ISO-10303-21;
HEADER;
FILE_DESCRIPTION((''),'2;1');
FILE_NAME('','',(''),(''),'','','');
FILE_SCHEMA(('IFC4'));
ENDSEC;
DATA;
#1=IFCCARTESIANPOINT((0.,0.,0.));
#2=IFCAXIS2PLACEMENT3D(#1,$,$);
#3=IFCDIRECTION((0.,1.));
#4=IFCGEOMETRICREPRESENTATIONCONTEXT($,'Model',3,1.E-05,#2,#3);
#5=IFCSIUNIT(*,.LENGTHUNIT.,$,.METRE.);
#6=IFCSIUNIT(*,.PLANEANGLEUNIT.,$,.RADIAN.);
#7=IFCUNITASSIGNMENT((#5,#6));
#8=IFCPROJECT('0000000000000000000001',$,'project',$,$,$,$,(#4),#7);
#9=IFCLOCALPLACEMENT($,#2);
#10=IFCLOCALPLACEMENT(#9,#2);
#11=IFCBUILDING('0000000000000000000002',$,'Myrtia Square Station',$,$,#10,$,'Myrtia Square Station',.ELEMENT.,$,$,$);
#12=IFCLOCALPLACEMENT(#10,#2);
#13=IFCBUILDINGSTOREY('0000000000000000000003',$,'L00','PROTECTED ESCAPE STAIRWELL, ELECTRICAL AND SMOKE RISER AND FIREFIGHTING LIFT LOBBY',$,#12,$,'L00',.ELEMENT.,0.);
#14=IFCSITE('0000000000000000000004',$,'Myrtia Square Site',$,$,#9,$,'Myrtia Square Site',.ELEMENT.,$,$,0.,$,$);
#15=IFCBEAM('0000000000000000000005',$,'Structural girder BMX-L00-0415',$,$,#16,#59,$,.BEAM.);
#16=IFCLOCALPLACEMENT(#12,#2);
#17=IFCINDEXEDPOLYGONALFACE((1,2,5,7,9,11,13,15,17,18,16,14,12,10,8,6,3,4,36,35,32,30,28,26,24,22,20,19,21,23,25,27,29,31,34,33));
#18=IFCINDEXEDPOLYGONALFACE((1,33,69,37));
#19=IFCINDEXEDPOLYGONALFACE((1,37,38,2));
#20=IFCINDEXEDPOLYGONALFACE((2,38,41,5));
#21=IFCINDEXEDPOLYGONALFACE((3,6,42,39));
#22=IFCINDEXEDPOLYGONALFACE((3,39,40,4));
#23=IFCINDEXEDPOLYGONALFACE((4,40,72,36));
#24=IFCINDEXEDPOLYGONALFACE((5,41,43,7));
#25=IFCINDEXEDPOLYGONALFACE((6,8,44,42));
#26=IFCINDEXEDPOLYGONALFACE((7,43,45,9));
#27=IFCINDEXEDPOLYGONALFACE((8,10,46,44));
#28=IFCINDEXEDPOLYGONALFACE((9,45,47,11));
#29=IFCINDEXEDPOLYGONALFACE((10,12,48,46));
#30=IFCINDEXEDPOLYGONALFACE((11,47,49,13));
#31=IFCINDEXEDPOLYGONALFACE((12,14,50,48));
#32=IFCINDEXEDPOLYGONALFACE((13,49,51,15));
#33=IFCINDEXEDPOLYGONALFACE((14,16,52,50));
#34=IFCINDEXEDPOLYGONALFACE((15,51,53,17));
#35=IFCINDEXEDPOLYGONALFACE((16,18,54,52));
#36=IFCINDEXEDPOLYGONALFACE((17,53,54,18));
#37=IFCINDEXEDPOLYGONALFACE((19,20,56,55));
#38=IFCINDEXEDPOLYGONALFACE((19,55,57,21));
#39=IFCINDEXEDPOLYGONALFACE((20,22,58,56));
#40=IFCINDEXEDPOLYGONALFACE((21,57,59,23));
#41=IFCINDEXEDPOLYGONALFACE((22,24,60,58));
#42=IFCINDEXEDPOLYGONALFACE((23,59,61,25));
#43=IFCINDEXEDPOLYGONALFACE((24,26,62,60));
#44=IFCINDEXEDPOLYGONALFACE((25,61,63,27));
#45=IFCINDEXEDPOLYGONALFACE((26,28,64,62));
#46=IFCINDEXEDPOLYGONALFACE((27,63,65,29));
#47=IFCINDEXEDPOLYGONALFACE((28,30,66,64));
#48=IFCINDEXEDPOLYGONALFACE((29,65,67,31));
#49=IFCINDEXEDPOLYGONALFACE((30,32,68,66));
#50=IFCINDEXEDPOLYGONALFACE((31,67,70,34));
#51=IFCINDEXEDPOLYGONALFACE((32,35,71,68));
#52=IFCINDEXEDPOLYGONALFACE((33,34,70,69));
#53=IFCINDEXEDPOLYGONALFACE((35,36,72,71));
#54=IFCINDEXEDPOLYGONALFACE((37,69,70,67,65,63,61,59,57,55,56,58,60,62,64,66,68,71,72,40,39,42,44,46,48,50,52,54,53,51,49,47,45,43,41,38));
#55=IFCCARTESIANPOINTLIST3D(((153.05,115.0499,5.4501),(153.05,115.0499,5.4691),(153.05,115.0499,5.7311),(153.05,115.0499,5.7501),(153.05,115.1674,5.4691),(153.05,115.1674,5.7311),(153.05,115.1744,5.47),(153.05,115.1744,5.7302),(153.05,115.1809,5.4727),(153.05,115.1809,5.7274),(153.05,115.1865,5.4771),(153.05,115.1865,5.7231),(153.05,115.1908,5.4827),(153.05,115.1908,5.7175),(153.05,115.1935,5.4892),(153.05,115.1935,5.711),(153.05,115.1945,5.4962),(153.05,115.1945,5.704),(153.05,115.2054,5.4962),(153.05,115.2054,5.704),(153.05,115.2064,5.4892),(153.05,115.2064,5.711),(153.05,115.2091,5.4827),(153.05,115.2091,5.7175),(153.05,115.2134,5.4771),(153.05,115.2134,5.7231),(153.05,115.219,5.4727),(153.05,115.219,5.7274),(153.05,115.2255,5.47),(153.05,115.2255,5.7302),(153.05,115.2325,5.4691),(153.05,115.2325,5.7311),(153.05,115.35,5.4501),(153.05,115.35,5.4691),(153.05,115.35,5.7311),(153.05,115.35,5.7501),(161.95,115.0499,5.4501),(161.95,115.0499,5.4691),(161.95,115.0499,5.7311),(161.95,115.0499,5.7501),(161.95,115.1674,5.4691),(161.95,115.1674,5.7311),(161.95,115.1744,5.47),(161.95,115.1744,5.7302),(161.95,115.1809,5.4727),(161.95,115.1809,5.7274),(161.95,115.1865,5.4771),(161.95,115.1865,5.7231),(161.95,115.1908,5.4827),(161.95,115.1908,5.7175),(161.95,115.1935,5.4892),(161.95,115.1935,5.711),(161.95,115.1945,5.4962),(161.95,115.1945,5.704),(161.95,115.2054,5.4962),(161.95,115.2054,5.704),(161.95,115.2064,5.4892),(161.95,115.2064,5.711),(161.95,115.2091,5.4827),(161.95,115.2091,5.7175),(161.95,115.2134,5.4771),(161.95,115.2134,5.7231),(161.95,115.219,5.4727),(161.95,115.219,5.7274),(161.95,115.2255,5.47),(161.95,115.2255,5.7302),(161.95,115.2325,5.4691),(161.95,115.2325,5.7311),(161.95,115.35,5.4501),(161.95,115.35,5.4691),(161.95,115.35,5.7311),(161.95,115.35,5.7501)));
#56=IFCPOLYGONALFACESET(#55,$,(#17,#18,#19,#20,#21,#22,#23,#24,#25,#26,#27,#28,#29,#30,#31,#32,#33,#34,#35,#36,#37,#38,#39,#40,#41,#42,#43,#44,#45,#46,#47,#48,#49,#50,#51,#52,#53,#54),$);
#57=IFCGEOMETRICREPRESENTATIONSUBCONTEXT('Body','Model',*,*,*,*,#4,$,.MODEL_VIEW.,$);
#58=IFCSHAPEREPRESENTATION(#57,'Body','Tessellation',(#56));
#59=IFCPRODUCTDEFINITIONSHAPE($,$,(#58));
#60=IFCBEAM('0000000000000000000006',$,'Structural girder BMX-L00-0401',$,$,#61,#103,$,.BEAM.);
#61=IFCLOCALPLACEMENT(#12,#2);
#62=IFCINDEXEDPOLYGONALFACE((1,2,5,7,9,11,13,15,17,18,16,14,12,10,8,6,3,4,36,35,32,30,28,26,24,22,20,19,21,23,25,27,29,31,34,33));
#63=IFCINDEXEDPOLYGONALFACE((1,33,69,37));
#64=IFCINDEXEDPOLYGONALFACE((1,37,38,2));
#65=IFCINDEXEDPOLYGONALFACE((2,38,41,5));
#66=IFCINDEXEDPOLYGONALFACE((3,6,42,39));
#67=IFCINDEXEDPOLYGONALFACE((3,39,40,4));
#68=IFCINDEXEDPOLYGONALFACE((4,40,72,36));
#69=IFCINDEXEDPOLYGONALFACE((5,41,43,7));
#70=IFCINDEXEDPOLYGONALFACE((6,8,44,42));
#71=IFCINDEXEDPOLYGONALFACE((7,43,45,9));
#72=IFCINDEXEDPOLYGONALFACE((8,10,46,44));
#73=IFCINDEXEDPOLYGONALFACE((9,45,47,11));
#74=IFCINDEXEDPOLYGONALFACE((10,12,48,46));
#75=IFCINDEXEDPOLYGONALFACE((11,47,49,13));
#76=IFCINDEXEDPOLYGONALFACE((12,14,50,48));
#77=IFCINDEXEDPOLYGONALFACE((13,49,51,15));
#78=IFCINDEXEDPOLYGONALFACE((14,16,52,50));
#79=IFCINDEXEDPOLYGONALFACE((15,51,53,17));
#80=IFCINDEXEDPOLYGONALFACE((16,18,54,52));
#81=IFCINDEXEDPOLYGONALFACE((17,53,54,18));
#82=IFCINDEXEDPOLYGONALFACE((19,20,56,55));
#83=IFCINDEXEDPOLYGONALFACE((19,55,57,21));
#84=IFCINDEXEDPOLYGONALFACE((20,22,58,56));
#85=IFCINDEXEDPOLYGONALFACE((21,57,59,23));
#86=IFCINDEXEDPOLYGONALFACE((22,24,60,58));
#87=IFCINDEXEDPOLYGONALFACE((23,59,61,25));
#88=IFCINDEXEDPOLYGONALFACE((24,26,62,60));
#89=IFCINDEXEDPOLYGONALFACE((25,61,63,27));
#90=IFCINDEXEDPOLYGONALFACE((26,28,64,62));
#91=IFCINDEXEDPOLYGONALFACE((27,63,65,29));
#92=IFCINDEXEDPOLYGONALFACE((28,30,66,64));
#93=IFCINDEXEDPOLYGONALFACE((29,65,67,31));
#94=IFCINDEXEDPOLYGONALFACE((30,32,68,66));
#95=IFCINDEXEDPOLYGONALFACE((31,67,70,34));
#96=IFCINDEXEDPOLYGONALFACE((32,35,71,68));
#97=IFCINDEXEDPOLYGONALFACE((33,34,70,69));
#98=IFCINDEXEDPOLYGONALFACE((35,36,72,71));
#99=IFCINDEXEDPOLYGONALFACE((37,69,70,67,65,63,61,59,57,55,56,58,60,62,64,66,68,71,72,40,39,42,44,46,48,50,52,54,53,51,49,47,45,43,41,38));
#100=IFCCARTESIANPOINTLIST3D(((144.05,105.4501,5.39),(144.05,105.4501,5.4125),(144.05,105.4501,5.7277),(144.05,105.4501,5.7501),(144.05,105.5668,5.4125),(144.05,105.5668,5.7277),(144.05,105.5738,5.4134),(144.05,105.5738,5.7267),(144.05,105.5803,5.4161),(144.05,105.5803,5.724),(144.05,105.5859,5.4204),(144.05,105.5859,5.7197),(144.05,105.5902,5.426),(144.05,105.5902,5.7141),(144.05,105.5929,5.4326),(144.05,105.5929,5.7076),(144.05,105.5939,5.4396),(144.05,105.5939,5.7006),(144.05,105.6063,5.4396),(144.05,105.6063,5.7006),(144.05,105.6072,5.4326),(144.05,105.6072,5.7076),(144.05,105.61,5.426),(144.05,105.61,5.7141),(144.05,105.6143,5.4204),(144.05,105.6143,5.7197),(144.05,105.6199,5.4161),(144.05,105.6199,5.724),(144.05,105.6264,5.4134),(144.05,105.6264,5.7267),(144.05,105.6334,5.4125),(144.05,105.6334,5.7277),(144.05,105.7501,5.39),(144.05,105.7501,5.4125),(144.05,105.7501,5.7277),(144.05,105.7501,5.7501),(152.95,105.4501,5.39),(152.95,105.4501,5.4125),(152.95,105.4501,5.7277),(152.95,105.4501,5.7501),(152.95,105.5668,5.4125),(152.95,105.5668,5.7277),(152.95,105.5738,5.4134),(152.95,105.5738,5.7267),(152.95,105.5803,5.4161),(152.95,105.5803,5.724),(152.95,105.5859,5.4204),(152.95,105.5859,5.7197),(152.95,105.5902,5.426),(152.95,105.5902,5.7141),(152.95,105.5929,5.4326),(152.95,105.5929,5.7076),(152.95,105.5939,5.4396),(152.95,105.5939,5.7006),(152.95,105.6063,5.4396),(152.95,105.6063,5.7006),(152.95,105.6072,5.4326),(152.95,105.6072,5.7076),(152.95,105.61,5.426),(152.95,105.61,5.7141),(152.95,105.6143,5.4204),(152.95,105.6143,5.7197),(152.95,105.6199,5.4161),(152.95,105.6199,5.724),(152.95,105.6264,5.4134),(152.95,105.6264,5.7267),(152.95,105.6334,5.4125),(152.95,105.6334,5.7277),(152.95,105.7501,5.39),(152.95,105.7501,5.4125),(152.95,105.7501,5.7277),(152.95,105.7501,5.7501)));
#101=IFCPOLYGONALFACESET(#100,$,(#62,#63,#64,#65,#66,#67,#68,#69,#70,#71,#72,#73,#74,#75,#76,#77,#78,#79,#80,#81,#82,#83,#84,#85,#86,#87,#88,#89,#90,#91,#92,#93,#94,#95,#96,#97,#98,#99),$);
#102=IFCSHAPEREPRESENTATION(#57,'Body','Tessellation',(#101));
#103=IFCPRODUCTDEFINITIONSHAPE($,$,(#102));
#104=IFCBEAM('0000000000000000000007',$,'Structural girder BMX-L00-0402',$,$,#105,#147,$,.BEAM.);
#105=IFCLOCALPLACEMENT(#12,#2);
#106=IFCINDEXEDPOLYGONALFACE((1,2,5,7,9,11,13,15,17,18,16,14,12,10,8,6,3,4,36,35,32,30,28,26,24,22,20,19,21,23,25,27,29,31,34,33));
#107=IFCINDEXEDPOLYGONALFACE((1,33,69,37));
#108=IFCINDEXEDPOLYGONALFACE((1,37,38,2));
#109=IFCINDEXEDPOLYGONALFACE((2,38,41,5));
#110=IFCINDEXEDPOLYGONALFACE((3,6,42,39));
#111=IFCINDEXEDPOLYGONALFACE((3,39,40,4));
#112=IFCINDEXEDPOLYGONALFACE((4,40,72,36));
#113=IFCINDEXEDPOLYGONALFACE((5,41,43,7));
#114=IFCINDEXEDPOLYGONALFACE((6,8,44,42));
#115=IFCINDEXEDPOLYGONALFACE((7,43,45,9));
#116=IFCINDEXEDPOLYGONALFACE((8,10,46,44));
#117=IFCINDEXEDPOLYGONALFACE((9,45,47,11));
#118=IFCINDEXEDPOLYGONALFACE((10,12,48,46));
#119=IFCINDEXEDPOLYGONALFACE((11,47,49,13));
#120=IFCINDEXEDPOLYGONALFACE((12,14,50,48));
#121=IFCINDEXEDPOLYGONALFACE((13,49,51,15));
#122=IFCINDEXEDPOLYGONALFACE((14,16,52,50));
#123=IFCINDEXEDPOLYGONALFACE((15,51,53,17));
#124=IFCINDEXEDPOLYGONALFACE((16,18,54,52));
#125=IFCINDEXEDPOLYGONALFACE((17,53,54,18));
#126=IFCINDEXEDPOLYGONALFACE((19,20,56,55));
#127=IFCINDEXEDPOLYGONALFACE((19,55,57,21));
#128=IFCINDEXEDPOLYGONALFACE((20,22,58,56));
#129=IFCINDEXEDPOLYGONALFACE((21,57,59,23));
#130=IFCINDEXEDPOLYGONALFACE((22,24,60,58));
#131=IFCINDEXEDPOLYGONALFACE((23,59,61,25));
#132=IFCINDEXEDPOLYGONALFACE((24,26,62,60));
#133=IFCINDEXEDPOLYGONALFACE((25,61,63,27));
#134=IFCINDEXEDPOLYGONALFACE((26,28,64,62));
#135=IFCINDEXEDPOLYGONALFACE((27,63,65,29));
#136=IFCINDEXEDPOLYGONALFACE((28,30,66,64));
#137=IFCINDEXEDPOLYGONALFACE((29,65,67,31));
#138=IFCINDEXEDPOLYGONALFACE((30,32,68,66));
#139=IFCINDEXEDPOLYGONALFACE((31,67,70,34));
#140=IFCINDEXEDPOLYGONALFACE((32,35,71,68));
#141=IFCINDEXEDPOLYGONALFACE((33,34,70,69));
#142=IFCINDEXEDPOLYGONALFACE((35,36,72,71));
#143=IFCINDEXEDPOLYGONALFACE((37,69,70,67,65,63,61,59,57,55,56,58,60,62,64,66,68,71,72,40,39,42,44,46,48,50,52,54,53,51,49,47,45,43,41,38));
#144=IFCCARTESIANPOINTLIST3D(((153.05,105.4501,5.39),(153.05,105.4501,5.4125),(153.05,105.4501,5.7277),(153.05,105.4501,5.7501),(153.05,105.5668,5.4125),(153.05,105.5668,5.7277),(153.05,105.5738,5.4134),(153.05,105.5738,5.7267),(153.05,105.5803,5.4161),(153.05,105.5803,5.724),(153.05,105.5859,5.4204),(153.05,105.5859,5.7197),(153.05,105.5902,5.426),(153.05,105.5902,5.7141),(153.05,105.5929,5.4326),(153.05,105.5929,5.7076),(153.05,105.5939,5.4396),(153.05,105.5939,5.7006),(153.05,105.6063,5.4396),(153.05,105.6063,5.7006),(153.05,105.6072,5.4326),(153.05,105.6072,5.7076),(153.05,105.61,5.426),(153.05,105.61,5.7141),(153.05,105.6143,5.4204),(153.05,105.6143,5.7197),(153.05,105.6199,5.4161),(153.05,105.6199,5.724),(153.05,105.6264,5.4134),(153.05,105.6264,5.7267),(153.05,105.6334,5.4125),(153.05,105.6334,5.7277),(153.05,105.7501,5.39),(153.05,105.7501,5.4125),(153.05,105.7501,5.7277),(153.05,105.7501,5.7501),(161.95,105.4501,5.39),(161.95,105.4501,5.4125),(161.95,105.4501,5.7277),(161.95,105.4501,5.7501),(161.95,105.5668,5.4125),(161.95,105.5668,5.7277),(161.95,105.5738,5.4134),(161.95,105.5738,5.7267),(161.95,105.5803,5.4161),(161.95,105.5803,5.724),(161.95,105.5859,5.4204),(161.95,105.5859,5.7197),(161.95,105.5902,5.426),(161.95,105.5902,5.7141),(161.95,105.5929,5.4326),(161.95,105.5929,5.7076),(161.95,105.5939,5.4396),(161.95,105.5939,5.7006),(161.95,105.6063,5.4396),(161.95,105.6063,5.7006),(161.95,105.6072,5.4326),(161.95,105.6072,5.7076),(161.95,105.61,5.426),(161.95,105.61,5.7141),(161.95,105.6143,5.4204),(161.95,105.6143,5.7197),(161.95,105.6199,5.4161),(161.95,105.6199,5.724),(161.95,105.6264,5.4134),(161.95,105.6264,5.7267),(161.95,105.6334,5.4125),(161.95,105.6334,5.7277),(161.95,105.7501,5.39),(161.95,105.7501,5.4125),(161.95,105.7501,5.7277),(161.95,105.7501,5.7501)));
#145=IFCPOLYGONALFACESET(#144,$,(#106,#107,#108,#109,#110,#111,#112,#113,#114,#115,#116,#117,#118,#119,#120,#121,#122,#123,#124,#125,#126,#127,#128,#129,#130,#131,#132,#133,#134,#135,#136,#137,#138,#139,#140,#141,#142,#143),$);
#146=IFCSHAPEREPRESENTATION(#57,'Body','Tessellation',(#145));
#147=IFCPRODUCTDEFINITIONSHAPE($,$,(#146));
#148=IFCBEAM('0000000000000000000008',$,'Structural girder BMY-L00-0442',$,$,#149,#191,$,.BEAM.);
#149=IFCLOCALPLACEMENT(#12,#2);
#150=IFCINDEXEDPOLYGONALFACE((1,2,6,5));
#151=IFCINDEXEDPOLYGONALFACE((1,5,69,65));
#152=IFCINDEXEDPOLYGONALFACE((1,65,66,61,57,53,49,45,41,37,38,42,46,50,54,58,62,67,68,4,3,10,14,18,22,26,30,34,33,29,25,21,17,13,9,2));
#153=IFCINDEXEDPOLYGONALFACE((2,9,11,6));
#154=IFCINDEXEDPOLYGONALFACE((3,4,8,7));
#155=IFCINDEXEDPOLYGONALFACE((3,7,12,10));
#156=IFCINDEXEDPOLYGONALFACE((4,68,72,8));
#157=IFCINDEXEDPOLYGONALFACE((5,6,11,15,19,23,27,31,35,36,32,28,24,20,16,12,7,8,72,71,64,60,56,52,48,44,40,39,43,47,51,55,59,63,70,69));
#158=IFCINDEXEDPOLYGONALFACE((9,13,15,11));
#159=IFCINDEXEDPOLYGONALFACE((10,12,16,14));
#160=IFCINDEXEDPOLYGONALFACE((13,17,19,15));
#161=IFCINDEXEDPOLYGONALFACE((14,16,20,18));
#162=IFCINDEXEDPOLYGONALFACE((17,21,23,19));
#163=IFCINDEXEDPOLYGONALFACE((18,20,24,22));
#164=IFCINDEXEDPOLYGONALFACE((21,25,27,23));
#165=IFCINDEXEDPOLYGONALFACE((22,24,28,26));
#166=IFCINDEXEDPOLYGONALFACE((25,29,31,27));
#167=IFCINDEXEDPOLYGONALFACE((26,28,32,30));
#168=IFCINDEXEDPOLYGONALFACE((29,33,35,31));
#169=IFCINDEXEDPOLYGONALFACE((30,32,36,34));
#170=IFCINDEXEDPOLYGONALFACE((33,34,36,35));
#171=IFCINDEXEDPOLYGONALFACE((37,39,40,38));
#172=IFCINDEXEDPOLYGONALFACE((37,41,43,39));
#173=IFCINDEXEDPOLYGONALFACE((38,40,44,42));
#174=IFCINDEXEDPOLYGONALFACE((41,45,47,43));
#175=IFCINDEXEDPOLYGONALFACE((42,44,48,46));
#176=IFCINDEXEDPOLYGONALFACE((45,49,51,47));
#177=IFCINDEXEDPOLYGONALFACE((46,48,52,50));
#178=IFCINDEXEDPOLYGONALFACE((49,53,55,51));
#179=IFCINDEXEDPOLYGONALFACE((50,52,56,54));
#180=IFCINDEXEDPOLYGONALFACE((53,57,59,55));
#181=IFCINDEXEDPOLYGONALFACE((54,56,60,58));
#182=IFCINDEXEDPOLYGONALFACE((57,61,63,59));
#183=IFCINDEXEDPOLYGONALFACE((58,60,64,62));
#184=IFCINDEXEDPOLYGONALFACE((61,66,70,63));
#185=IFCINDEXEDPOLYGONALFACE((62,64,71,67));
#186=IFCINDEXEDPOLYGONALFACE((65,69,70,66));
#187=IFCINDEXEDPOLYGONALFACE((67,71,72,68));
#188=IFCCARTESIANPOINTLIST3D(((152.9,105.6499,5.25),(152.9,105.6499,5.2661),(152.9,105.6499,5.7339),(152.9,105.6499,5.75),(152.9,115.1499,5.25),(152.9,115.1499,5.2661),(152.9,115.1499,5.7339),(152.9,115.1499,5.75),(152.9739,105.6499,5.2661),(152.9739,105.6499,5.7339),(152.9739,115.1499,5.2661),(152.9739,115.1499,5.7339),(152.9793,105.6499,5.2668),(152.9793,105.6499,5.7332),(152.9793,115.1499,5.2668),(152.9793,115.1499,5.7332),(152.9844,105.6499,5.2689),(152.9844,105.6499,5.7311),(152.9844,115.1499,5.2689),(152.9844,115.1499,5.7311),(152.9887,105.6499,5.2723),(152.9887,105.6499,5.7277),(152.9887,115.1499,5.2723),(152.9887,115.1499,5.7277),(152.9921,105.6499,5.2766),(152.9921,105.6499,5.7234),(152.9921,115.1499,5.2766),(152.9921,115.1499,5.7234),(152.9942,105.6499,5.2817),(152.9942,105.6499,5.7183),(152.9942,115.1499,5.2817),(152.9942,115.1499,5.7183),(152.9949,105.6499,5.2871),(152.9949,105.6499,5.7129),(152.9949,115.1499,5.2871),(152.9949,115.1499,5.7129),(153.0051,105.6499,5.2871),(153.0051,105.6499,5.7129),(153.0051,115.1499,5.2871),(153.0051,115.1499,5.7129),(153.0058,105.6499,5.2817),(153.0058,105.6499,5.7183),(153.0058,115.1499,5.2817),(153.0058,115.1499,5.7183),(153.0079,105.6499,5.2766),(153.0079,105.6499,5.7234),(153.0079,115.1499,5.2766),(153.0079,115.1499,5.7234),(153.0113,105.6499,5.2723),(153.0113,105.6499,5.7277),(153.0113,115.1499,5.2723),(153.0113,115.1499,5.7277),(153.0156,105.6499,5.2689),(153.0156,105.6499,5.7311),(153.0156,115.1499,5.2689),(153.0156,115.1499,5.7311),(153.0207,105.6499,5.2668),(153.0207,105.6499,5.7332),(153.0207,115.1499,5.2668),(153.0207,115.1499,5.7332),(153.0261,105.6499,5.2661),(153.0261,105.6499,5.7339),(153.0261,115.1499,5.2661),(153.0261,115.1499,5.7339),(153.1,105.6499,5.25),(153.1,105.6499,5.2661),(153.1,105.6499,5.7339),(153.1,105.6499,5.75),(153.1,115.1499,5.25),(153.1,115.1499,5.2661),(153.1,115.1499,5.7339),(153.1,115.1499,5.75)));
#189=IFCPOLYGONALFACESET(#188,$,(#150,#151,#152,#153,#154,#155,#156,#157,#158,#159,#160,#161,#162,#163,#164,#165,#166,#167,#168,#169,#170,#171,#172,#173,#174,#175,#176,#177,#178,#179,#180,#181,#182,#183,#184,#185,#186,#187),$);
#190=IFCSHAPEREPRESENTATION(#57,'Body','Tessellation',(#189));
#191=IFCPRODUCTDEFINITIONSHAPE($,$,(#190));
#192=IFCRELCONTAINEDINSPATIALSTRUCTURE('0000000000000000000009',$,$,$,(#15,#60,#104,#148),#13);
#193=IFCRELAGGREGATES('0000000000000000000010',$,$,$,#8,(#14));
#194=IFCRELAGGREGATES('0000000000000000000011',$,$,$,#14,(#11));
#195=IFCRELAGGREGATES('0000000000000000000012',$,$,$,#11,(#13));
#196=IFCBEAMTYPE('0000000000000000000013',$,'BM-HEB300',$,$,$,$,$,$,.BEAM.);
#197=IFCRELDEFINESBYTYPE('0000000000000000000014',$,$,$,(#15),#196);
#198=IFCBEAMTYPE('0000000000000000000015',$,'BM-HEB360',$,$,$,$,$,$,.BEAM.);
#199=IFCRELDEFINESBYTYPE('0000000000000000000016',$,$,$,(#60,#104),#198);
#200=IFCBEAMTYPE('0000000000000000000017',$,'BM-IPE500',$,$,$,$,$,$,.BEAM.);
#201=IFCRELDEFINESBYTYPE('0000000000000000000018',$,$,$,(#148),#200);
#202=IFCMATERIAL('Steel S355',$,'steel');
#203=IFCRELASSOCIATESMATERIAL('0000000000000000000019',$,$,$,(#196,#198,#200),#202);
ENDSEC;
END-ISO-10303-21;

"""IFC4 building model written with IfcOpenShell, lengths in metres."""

from ifc_helpers import new_model, si_unit, direction, frame, origin, origin_2d, place, context, subcontext, project, spatial, i_section, extrude, material, material_profile, profile_set, type_object, element, save


model = new_model("IFC4")

# Units and contexts
model_context = context("Model", 3, precision=1e-05, world=origin(), true_north=direction((0.0, 1.0)))
body_context = subcontext(model_context, "Body", "Model", "MODEL_VIEW")
ifc_project = project(units=[si_unit("LENGTHUNIT", "METRE"), si_unit("PLANEANGLEUNIT", "RADIAN")], contexts=[model_context])

# Site, building, storey
site_placement = place(None, origin())
site = spatial("IfcSite", under=ifc_project, at=site_placement, Name="Myrtia Square Site", LongName="Myrtia Square Site", CompositionType="ELEMENT", RefElevation=0.0)
building_placement = place(site_placement, origin())
building = spatial("IfcBuilding", under=site, at=building_placement, Name="Myrtia Square Station", LongName="Myrtia Square Station", CompositionType="ELEMENT")
storey_placement = place(building_placement, origin())
storey = spatial("IfcBuildingStorey", under=building, at=storey_placement, Name="L00", Description="PROTECTED ESCAPE STAIRWELL, ELECTRICAL AND SMOKE RISER AND FIREFIGHTING LIFT LOBBY", LongName="L00", CompositionType="ELEMENT", Elevation=0.0)

# Shared definitions
ifc_material_1 = material(Name="Steel S355", Category="steel")

# Beams
ifc_material_profile_1 = material_profile(ifc_material_1, i_section(OverallWidth=0.3, OverallDepth=0.3, WebThickness=0.011, FlangeThickness=0.019, FilletRadius=0.0271, at=origin_2d()), Name="HEB 300")
ifc_profile_set_1 = profile_set([ifc_material_profile_1], Name="Steel S355")
beam_type_1 = type_object("IfcBeamType", Name="BM-HEB300", PredefinedType="BEAM", material=ifc_profile_set_1)
for number, where, z_axis, x_axis, name in (
    (1, (153.05, 115.2, 5.6001), (1.0, 0.0, 0.0), (0.0, 1.0, 0.0), "Structural girder BMX-L00-0415"),
):
    element("IfcBeam", number, at=place(storey_placement, frame(where, z_axis=z_axis, x_axis=x_axis)), inside=storey, type_object=beam_type_1, Name=name, PredefinedType="BEAM", context=body_context, shape_type="SweptSolid", body=[
        extrude(i_section(OverallWidth=0.3, OverallDepth=0.3, WebThickness=0.011, FlangeThickness=0.019, FilletRadius=0.0271, at=origin_2d()), origin(), (0.0, 0.0, 1.0), 8.8999),
    ])
ifc_material_profile_2 = material_profile(ifc_material_1, i_section(OverallWidth=0.3, OverallDepth=0.3601, WebThickness=0.0125, FlangeThickness=0.0225, FilletRadius=0.0271, at=origin_2d()), Name="HEB 360")
ifc_profile_set_2 = profile_set([ifc_material_profile_2], Name="Steel S355")
beam_type_2 = type_object("IfcBeamType", Name="BM-HEB360", PredefinedType="BEAM", material=ifc_profile_set_2)
for number, where, z_axis, x_axis, name in (
    (2, (144.05, 105.6001, 5.5701), (1.0, 0.0, 0.0), (0.0, 1.0, 0.0), "Structural girder BMX-L00-0401"),
    (3, (153.05, 105.6001, 5.5701), (1.0, 0.0, 0.0), (0.0, 1.0, 0.0), "Structural girder BMX-L00-0402"),
):
    element("IfcBeam", number, at=place(storey_placement, frame(where, z_axis=z_axis, x_axis=x_axis)), inside=storey, type_object=beam_type_2, Name=name, PredefinedType="BEAM", context=body_context, shape_type="SweptSolid", body=[
        extrude(i_section(OverallWidth=0.3, OverallDepth=0.3601, WebThickness=0.0125, FlangeThickness=0.0225, FilletRadius=0.0271, at=origin_2d()), origin(), (0.0, 0.0, 1.0), 8.8999),
    ])
ifc_material_profile_3 = material_profile(ifc_material_1, i_section(OverallWidth=0.2, OverallDepth=0.5, WebThickness=0.0103, FlangeThickness=0.0161, FilletRadius=0.021, at=origin_2d()), Name="IPE 500")
ifc_profile_set_3 = profile_set([ifc_material_profile_3], Name="Steel S355")
beam_type_3 = type_object("IfcBeamType", Name="BM-IPE500", PredefinedType="BEAM", material=ifc_profile_set_3)
for number, where, z_axis, x_axis, name in (
    (4, (153.0, 105.6499, 5.5), (0.0, 1.0, 0.0), (-1.0, 0.0, 0.0), "Structural girder BMY-L00-0442"),
):
    element("IfcBeam", number, at=place(storey_placement, frame(where, z_axis=z_axis, x_axis=x_axis)), inside=storey, type_object=beam_type_3, Name=name, PredefinedType="BEAM", context=body_context, shape_type="SweptSolid", body=[
        extrude(i_section(OverallWidth=0.2, OverallDepth=0.5, WebThickness=0.0103, FlangeThickness=0.0161, FilletRadius=0.021, at=origin_2d()), origin(), (0.0, 0.0, 1.0), 9.5),
    ])

save(model, "model.ifc")
